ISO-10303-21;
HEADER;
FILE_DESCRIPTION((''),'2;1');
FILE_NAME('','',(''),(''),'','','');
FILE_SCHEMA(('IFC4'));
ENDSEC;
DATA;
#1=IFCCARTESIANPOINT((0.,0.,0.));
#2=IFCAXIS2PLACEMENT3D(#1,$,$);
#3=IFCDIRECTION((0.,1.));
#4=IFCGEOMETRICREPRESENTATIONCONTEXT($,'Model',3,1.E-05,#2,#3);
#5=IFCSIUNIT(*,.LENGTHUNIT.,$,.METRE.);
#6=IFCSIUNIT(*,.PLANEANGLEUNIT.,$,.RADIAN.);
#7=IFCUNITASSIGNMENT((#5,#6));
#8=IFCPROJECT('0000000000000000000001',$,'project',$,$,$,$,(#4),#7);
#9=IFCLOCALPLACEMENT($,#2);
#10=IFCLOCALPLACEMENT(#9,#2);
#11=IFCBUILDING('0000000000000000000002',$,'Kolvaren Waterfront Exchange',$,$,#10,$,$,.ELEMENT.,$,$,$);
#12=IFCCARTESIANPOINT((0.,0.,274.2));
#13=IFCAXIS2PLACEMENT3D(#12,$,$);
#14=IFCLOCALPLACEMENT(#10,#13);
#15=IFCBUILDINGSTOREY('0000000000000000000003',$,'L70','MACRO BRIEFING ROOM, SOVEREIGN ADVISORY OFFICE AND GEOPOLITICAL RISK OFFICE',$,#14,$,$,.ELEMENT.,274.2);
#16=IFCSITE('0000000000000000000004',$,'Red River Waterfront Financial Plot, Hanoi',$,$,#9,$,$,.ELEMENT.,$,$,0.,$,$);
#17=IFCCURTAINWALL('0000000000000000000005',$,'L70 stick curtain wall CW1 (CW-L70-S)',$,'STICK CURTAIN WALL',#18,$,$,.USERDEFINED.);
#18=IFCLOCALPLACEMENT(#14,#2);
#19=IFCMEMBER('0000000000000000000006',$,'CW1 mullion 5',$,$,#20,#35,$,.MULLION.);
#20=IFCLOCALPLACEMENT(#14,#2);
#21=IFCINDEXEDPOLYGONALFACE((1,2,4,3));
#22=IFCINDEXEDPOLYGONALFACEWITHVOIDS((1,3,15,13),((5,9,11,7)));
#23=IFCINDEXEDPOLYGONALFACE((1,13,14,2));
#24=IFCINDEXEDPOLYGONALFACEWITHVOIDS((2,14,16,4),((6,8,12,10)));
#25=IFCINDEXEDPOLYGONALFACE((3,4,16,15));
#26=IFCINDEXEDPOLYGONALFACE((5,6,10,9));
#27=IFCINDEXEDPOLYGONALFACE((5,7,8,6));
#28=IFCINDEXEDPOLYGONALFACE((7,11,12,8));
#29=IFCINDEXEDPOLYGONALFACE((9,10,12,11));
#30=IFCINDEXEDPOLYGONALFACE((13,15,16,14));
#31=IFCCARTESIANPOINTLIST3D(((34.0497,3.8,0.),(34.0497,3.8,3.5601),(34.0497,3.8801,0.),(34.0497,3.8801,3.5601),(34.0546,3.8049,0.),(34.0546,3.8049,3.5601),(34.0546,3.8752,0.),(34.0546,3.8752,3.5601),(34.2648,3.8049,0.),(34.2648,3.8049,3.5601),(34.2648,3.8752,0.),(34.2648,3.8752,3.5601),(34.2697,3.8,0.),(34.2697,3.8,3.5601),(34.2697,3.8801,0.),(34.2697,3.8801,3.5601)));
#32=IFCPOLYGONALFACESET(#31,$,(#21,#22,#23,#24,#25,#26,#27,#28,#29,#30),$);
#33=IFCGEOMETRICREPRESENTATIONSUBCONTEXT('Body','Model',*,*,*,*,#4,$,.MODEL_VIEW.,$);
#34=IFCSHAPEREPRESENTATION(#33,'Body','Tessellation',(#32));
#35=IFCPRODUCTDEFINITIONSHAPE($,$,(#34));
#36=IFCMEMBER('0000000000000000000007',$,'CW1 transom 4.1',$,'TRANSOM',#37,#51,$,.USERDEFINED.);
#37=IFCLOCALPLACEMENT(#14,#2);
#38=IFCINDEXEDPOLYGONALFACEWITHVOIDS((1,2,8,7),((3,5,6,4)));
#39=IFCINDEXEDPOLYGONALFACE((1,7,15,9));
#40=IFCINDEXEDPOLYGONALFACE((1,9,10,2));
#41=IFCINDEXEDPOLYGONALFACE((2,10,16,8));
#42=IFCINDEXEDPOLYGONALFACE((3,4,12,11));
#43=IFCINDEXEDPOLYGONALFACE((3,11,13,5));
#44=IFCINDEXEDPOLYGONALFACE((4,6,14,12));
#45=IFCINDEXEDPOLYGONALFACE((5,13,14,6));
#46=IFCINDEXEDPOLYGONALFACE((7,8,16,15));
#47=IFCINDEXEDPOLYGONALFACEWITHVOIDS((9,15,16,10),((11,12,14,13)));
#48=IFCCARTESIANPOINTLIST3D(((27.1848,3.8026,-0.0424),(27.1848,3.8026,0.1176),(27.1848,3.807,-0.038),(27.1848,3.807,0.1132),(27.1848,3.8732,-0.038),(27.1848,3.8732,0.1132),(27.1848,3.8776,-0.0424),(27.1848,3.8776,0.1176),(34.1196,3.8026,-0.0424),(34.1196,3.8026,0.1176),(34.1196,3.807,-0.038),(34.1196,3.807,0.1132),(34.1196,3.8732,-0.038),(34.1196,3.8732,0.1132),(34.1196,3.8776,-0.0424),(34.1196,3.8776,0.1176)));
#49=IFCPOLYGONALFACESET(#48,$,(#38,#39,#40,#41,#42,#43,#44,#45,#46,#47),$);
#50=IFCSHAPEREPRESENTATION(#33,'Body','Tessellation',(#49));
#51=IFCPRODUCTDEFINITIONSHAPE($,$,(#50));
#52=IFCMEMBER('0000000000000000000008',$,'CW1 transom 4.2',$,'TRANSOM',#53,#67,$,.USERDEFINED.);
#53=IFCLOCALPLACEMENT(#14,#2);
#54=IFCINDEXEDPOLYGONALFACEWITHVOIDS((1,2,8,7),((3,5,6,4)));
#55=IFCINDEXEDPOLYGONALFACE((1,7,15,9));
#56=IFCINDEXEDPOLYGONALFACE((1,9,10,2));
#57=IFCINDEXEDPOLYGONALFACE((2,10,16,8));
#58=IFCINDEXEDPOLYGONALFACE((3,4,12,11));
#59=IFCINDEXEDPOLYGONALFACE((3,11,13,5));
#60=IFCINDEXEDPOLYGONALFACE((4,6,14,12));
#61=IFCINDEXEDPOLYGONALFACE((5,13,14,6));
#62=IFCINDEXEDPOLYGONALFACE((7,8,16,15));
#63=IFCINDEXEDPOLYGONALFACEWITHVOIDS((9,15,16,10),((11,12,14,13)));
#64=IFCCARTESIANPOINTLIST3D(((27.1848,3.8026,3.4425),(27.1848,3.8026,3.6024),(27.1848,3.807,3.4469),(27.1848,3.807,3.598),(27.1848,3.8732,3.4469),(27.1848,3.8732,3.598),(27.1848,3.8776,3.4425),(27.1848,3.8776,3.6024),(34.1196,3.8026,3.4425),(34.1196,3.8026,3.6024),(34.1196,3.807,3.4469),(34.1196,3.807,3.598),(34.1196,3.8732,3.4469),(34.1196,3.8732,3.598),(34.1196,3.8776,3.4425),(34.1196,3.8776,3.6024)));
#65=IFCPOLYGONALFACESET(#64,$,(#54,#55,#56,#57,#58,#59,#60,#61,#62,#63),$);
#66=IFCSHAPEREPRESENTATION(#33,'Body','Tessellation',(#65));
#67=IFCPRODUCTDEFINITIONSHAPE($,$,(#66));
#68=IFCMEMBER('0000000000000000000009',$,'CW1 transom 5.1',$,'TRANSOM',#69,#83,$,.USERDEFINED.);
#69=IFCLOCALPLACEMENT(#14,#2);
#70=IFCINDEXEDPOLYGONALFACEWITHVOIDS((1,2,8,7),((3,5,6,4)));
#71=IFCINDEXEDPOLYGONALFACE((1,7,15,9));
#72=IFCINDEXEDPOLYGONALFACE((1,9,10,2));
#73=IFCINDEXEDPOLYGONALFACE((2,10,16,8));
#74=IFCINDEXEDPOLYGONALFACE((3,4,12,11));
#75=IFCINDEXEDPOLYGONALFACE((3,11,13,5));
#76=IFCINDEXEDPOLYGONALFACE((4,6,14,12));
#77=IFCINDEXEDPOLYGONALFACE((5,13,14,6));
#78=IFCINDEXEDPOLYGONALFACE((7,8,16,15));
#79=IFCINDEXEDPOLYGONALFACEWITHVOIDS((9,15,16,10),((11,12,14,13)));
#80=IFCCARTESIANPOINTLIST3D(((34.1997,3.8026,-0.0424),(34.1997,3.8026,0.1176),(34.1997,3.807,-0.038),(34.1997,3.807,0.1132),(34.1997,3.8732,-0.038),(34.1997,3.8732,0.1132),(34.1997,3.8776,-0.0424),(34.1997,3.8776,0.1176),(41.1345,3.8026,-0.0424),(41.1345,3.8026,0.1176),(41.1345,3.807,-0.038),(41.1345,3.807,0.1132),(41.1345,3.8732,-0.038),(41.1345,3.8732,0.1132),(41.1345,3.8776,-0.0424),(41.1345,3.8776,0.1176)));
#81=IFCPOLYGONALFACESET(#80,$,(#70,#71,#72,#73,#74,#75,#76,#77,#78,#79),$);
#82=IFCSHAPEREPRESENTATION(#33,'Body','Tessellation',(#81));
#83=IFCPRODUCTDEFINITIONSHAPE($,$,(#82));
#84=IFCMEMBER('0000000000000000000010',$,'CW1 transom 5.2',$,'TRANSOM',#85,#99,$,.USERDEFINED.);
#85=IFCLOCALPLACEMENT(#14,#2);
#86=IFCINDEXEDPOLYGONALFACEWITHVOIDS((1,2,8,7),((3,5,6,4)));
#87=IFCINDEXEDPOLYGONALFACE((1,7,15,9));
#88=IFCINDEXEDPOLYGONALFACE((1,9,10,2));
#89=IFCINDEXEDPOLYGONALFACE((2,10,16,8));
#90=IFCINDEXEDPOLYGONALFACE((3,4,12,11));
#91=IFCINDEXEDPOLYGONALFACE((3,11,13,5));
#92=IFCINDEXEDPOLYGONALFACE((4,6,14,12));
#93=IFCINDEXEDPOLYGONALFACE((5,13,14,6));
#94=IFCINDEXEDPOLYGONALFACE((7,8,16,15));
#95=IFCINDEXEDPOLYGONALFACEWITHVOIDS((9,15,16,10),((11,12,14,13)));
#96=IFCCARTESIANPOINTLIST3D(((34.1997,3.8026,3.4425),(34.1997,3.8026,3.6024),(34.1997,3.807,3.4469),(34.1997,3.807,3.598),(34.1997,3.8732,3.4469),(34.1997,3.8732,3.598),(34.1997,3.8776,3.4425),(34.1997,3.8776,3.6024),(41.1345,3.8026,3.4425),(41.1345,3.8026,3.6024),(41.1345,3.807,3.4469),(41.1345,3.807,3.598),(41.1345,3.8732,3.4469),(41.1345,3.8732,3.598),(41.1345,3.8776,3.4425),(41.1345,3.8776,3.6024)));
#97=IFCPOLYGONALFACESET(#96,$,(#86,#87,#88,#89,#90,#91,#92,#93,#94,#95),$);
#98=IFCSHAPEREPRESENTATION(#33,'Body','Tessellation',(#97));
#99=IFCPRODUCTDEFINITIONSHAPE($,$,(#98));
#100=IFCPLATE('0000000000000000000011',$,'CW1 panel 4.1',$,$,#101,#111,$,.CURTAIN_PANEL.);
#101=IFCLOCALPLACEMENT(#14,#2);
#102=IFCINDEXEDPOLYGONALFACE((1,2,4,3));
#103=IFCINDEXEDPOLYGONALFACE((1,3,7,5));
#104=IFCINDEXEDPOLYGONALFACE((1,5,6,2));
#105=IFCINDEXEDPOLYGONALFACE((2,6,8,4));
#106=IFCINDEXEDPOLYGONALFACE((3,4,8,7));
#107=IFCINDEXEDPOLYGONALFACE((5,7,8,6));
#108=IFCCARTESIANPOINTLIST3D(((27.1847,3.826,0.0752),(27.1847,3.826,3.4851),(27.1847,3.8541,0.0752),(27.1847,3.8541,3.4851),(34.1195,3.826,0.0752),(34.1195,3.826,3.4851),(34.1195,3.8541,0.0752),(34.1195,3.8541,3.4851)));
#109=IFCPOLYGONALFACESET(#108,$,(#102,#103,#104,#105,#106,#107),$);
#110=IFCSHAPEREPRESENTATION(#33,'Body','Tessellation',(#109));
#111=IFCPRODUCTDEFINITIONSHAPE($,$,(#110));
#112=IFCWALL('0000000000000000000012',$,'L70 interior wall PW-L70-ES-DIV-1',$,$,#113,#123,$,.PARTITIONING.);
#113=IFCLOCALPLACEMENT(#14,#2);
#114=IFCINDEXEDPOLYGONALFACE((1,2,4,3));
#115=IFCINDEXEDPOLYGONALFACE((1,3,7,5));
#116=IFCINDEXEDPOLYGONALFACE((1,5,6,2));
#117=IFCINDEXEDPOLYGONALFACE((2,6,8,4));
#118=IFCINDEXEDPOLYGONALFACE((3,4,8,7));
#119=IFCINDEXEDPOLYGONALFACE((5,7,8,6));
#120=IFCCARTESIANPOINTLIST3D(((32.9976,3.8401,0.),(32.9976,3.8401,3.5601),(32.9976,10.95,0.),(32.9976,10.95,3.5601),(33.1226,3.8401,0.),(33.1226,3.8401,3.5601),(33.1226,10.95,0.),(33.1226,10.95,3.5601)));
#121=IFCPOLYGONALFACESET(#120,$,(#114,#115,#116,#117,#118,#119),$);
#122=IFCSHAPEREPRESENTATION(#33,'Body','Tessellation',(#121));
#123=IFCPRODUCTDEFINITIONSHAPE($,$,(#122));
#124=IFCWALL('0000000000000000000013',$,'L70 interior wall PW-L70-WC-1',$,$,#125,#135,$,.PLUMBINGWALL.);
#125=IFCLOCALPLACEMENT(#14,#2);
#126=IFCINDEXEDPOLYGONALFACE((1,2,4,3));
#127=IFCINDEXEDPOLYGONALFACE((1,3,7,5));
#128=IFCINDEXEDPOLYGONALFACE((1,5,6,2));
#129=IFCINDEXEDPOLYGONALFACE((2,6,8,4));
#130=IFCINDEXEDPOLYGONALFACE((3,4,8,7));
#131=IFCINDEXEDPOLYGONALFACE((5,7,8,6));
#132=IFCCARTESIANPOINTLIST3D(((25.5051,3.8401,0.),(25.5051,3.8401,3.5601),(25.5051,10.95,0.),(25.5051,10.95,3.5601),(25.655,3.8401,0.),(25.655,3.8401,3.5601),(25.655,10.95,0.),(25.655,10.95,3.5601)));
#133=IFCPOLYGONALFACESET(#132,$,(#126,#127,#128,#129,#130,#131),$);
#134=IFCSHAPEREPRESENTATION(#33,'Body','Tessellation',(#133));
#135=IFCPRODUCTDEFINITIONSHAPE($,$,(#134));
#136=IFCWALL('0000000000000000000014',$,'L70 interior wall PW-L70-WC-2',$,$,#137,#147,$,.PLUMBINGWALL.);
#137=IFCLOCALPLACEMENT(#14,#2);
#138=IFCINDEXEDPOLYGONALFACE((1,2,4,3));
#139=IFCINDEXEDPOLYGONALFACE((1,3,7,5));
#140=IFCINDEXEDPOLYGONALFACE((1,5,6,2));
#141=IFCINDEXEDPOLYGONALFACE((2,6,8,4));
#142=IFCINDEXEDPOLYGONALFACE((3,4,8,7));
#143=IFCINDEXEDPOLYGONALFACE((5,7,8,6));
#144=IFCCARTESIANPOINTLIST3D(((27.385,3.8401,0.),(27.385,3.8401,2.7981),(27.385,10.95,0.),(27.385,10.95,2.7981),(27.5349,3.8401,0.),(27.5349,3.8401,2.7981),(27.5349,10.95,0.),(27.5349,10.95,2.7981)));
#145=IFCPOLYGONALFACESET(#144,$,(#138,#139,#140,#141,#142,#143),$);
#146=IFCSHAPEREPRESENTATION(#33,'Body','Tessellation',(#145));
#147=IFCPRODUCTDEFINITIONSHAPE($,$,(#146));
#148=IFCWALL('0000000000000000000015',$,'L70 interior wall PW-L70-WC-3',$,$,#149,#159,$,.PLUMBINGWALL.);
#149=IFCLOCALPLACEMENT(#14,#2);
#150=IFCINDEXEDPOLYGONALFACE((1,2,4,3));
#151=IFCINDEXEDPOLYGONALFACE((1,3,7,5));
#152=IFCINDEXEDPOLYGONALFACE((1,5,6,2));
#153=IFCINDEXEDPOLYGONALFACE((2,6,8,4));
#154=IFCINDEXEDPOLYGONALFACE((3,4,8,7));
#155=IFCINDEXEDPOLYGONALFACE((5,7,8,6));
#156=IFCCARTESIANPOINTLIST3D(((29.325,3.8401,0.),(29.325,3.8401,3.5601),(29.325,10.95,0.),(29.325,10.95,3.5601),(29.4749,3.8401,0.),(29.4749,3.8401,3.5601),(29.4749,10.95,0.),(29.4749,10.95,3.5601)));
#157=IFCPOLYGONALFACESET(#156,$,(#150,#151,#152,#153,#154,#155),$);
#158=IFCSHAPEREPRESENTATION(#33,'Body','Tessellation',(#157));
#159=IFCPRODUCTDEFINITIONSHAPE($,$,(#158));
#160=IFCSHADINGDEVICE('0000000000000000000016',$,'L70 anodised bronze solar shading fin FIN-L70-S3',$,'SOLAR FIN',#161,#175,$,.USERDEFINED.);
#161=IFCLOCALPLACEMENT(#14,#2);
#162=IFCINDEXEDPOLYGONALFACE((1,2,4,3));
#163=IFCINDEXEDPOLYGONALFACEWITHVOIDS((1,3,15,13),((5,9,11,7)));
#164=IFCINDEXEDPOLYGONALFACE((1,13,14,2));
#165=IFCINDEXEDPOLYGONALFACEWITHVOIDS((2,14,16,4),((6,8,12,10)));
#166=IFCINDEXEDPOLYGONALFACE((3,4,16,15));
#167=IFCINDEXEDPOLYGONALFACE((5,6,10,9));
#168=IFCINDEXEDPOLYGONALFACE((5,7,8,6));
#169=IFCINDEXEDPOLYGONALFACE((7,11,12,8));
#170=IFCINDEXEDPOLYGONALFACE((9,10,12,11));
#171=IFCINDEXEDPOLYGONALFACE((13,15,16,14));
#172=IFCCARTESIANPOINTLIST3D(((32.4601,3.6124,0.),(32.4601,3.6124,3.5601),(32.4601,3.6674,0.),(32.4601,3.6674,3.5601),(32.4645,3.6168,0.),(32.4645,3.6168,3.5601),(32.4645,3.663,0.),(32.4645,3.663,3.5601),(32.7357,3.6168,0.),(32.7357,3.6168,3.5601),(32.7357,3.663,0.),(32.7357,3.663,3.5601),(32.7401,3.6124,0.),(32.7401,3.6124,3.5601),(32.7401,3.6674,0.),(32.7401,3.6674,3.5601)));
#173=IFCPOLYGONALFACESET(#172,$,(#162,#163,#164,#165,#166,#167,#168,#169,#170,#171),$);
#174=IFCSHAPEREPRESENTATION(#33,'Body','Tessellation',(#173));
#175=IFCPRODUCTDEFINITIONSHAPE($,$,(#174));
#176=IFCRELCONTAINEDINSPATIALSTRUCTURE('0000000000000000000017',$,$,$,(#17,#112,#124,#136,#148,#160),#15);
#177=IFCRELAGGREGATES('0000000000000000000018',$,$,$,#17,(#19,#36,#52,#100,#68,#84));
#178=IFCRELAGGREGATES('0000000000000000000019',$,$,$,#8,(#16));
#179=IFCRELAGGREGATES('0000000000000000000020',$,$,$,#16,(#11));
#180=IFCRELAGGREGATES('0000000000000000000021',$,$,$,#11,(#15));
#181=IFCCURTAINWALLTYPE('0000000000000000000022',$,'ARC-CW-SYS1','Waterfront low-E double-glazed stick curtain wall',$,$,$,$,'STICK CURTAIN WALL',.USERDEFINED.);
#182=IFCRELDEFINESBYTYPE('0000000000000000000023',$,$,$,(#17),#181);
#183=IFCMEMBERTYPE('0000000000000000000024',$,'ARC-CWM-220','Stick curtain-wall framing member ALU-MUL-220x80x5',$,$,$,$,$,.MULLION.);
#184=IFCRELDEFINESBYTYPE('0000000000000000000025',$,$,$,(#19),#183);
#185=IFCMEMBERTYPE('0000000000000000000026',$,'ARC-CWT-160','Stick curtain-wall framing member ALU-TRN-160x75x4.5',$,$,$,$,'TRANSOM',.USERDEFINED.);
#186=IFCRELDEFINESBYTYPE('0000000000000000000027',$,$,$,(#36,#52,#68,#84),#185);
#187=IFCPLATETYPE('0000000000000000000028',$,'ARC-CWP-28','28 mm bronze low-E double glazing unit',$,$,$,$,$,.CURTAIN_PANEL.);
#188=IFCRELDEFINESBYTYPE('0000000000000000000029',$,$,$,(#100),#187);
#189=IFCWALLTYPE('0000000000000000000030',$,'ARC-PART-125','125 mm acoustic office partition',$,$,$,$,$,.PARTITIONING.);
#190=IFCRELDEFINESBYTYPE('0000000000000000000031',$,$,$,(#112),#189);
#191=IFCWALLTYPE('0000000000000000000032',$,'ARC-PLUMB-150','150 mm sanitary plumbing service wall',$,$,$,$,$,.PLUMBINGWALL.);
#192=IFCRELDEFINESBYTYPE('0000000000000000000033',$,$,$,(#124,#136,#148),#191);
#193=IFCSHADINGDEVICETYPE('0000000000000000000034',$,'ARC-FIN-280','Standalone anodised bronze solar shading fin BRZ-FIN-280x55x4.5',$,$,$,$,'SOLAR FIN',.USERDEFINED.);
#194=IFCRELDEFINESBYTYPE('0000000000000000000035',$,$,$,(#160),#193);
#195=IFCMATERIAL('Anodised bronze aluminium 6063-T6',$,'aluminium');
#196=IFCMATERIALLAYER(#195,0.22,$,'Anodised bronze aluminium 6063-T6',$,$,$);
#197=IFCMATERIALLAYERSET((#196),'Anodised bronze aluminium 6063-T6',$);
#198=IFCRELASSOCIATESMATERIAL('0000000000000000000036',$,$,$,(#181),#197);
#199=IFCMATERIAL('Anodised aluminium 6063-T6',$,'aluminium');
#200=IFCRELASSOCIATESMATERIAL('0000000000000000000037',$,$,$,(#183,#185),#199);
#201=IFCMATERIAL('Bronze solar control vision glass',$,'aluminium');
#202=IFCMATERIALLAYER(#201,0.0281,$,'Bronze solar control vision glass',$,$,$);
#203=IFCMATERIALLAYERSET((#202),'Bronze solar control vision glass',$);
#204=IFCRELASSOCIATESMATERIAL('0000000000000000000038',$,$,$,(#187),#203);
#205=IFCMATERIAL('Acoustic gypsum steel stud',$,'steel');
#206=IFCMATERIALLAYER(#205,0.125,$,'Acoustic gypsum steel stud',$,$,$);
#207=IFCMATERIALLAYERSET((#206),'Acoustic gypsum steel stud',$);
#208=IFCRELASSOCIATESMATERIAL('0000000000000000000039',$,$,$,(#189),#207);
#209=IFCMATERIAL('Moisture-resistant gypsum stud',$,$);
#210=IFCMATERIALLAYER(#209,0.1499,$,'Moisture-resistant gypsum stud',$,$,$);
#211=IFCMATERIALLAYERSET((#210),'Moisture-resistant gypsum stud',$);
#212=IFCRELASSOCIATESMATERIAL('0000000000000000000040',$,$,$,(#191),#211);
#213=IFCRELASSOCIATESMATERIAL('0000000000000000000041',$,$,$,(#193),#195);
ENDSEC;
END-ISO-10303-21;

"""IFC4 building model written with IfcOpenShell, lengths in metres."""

from ifc_helpers import new_model, si_unit, direction, frame, frame_2d, origin, origin_with_axes, origin_2d, place, context, subcontext, project, spatial, rectangle, hollow_rectangle, extrude, source, transform, mapped, material, layer, layer_set, material_profile, profile_set, type_object, element, aggregate, save


model = new_model("IFC4")

# Units and contexts
model_context = context("Model", 3, precision=1e-05, world=origin(), true_north=direction((0.0, 1.0)))
body_context = subcontext(model_context, "Body", "Model", "MODEL_VIEW")
ifc_project = project(units=[si_unit("LENGTHUNIT", "METRE"), si_unit("PLANEANGLEUNIT", "RADIAN")], contexts=[model_context])

# Site, building, storey
site_placement = place(None, origin())
site = spatial("IfcSite", under=ifc_project, at=site_placement, Name="Red River Waterfront Financial Plot, Hanoi", CompositionType="ELEMENT", RefElevation=0.0)
building_placement = place(site_placement, origin())
building = spatial("IfcBuilding", under=site, at=building_placement, Name="Kolvaren Waterfront Exchange", CompositionType="ELEMENT")
storey_placement = place(building_placement, frame((0.0, 0.0, 274.2)))
storey = spatial("IfcBuildingStorey", under=building, at=storey_placement, Name="L70", Description="MACRO BRIEFING ROOM, SOVEREIGN ADVISORY OFFICE AND GEOPOLITICAL RISK OFFICE", CompositionType="ELEMENT", Elevation=274.2)

# Curtain wall, members, plate
ifc_material_1 = material(Name="Anodised bronze aluminium 6063-T6", Category="aluminium")
ifc_layer_1 = layer(ifc_material_1, 0.22, Name="Anodised bronze aluminium 6063-T6")
ifc_layer_set_1 = layer_set([ifc_layer_1], Name="Anodised bronze aluminium 6063-T6")
curtain_wall_type = type_object("IfcCurtainWallType", Name="ARC-CW-SYS1", Description="Waterfront low-E double-glazed stick curtain wall", ElementType="STICK CURTAIN WALL", PredefinedType="USERDEFINED", material=ifc_layer_set_1)
curtain_wall_placement = place(storey_placement, origin())
curtain_wall = element("IfcCurtainWall", 1, at=curtain_wall_placement, inside=storey, type_object=curtain_wall_type, Name="L70 stick curtain wall CW1 (CW-L70-S)", ObjectType="STICK CURTAIN WALL", PredefinedType="USERDEFINED")
ifc_material_2 = material(Name="Anodised aluminium 6063-T6", Category="aluminium")
ifc_material_profile_1 = material_profile(ifc_material_2, hollow_rectangle(XDim=0.0801, YDim=0.22, WallThickness=0.0049, at=origin_2d()), Name="ALU-MUL-220x80x5")
ifc_profile_set_1 = profile_set([ifc_material_profile_1], Name="Anodised aluminium 6063-T6")
member_type_1 = type_object("IfcMemberType", Name="ARC-CWM-220", Description="Stick curtain-wall framing member ALU-MUL-220x80x5", PredefinedType="MULLION", material=ifc_profile_set_1)
shared_shape_1 = source(origin_with_axes(), body_context, "Body", "SweptSolid", [
    extrude(hollow_rectangle(XDim=0.0801, YDim=0.22, WallThickness=0.0049, at=origin_2d()), origin(), (0.0, 0.0, 1.0), 3.5601),
])
member_1_placement = place(storey_placement, frame((34.1597, 3.8401, 0.0), z_axis=(0.0, 0.0, 1.0), x_axis=(0.0, 1.0, 0.0)))
member_1 = element("IfcMember", 2, at=member_1_placement, type_object=member_type_1, Name="CW1 mullion 5", PredefinedType="MULLION", context=body_context, shape_type="MappedRepresentation", body=[
    mapped(shared_shape_1, transform((0.0, 0.0, 0.0), x_axis=(1.0, 0.0, 0.0), y_axis=(0.0, 1.0, 0.0), z_axis=(0.0, 0.0, 1.0), scale=1.0)),
])
ifc_material_profile_2 = material_profile(ifc_material_2, hollow_rectangle(XDim=0.075, YDim=0.1599, WallThickness=0.0044, at=origin_2d()), Name="ALU-TRN-160x75x4.5")
ifc_profile_set_2 = profile_set([ifc_material_profile_2], Name="Anodised aluminium 6063-T6")
member_type_2 = type_object("IfcMemberType", Name="ARC-CWT-160", Description="Stick curtain-wall framing member ALU-TRN-160x75x4.5", ElementType="TRANSOM", PredefinedType="USERDEFINED", material=ifc_profile_set_2)
shared_shape_2 = source(origin_with_axes(), body_context, "Body", "SweptSolid", [
    extrude(hollow_rectangle(XDim=0.075, YDim=0.1599, WallThickness=0.0044, at=origin_2d()), origin(), (0.0, 0.0, 1.0), 6.9348),
])
member_2_placement = place(storey_placement, frame((27.1848, 3.8401, 0.0376), z_axis=(1.0, 0.0, 0.0), x_axis=(0.0, 1.0, 0.0)))
member_2 = element("IfcMember", 3, at=member_2_placement, type_object=member_type_2, Name="CW1 transom 4.1", ObjectType="TRANSOM", PredefinedType="USERDEFINED", context=body_context, shape_type="MappedRepresentation", body=[
    mapped(shared_shape_2, transform((0.0, 0.0, 0.0), x_axis=(1.0, 0.0, 0.0), y_axis=(0.0, 1.0, 0.0), z_axis=(0.0, 0.0, 1.0), scale=1.0)),
])
member_3_placement = place(storey_placement, frame((27.1848, 3.8401, 3.5225), z_axis=(1.0, 0.0, 0.0), x_axis=(0.0, 1.0, 0.0)))
member_3 = element("IfcMember", 4, at=member_3_placement, type_object=member_type_2, Name="CW1 transom 4.2", ObjectType="TRANSOM", PredefinedType="USERDEFINED", context=body_context, shape_type="MappedRepresentation", body=[
    mapped(shared_shape_2, transform((0.0, 0.0, 0.0), x_axis=(1.0, 0.0, 0.0), y_axis=(0.0, 1.0, 0.0), z_axis=(0.0, 0.0, 1.0), scale=1.0)),
])
member_4_placement = place(storey_placement, frame((34.1997, 3.8401, 0.0376), z_axis=(1.0, 0.0, 0.0), x_axis=(0.0, 1.0, 0.0)))
member_4 = element("IfcMember", 5, at=member_4_placement, type_object=member_type_2, Name="CW1 transom 5.1", ObjectType="TRANSOM", PredefinedType="USERDEFINED", context=body_context, shape_type="MappedRepresentation", body=[
    mapped(shared_shape_2, transform((0.0, 0.0, 0.0), x_axis=(1.0, 0.0, 0.0), y_axis=(0.0, 1.0, 0.0), z_axis=(0.0, 0.0, 1.0), scale=1.0)),
])
member_5_placement = place(storey_placement, frame((34.1997, 3.8401, 3.5225), z_axis=(1.0, 0.0, 0.0), x_axis=(0.0, 1.0, 0.0)))
member_5 = element("IfcMember", 6, at=member_5_placement, type_object=member_type_2, Name="CW1 transom 5.2", ObjectType="TRANSOM", PredefinedType="USERDEFINED", context=body_context, shape_type="MappedRepresentation", body=[
    mapped(shared_shape_2, transform((0.0, 0.0, 0.0), x_axis=(1.0, 0.0, 0.0), y_axis=(0.0, 1.0, 0.0), z_axis=(0.0, 0.0, 1.0), scale=1.0)),
])
ifc_material_3 = material(Name="Bronze solar control vision glass", Category="aluminium")
ifc_layer_2 = layer(ifc_material_3, 0.0281, Name="Bronze solar control vision glass")
ifc_layer_set_2 = layer_set([ifc_layer_2], Name="Bronze solar control vision glass")
plate_type = type_object("IfcPlateType", Name="ARC-CWP-28", Description="28 mm bronze low-E double glazing unit", PredefinedType="CURTAIN_PANEL", material=ifc_layer_set_2)
shared_shape_3 = source(origin_with_axes(), body_context, "Body", "SweptSolid", [
    extrude(rectangle(XDim=6.9348, YDim=0.0281, at=origin_2d()), origin(), (0.0, 0.0, 1.0), 3.4099),
])
plate_placement = place(storey_placement, frame((30.6521, 3.8401, 0.0752), z_axis=(0.0, 0.0, 1.0), x_axis=(1.0, 0.0, 0.0)))
plate = element("IfcPlate", 7, at=plate_placement, type_object=plate_type, Name="CW1 panel 4.1", PredefinedType="CURTAIN_PANEL", context=body_context, shape_type="MappedRepresentation", body=[
    mapped(shared_shape_3, transform((0.0, 0.0, 0.0), x_axis=(1.0, 0.0, 0.0), y_axis=(0.0, 1.0, 0.0), z_axis=(0.0, 0.0, 1.0), scale=1.0)),
])
aggregate(curtain_wall, [member_1, member_2, member_3, plate, member_4, member_5])

# Wall
ifc_material_4 = material(Name="Acoustic gypsum steel stud", Category="steel")
ifc_layer_3 = layer(ifc_material_4, 0.125, Name="Acoustic gypsum steel stud")
ifc_layer_set_3 = layer_set([ifc_layer_3], Name="Acoustic gypsum steel stud")
wall_type_1 = type_object("IfcWallType", Name="ARC-PART-125", Description="125 mm acoustic office partition", PredefinedType="PARTITIONING", material=ifc_layer_set_3)
wall_1_placement = place(storey_placement, frame((33.0601, 3.8401, 0.0), z_axis=(0.0, 0.0, 1.0), x_axis=(0.0, 1.0, 0.0)))
element("IfcWall", 8, at=wall_1_placement, inside=storey, type_object=wall_type_1, Name="L70 interior wall PW-L70-ES-DIV-1", PredefinedType="PARTITIONING", context=body_context, shape_type="SweptSolid", body=[
    extrude(rectangle(XDim=7.1099, YDim=0.125, at=frame_2d((3.5549, 0.0))), origin(), (0.0, 0.0, 1.0), 3.5601),
])

# Shared definitions
ifc_material_5 = material(Name="Moisture-resistant gypsum stud")
ifc_layer_4 = layer(ifc_material_5, 0.1499, Name="Moisture-resistant gypsum stud")
ifc_layer_set_4 = layer_set([ifc_layer_4], Name="Moisture-resistant gypsum stud")
wall_type_2 = type_object("IfcWallType", Name="ARC-PLUMB-150", Description="150 mm sanitary plumbing service wall", PredefinedType="PLUMBINGWALL", material=ifc_layer_set_4)

# Walls
wall_2_placement = place(storey_placement, frame((25.5801, 3.8401, 0.0), z_axis=(0.0, 0.0, 1.0), x_axis=(0.0, 1.0, 0.0)))
element("IfcWall", 9, at=wall_2_placement, inside=storey, type_object=wall_type_2, Name="L70 interior wall PW-L70-WC-1", PredefinedType="PLUMBINGWALL", context=body_context, shape_type="SweptSolid", body=[
    extrude(rectangle(XDim=7.1099, YDim=0.1499, at=frame_2d((3.5549, 0.0))), origin(), (0.0, 0.0, 1.0), 3.5601),
])
wall_3_placement = place(storey_placement, frame((27.46, 3.8401, 0.0), z_axis=(0.0, 0.0, 1.0), x_axis=(0.0, 1.0, 0.0)))
element("IfcWall", 10, at=wall_3_placement, inside=storey, type_object=wall_type_2, Name="L70 interior wall PW-L70-WC-2", PredefinedType="PLUMBINGWALL", context=body_context, shape_type="SweptSolid", body=[
    extrude(rectangle(XDim=7.1099, YDim=0.1499, at=frame_2d((3.5549, 0.0))), origin(), (0.0, 0.0, 1.0), 2.7981),
])
wall_4_placement = place(storey_placement, frame((29.3999, 3.8401, 0.0), z_axis=(0.0, 0.0, 1.0), x_axis=(0.0, 1.0, 0.0)))
element("IfcWall", 11, at=wall_4_placement, inside=storey, type_object=wall_type_2, Name="L70 interior wall PW-L70-WC-3", PredefinedType="PLUMBINGWALL", context=body_context, shape_type="SweptSolid", body=[
    extrude(rectangle(XDim=7.1099, YDim=0.1499, at=frame_2d((3.5549, 0.0))), origin(), (0.0, 0.0, 1.0), 3.5601),
])

# Shading device
ifc_material_profile_3 = material_profile(ifc_material_1, hollow_rectangle(XDim=0.0549, YDim=0.28, WallThickness=0.0044, at=origin_2d()), Name="BRZ-FIN-280x55x4.5")
ifc_profile_set_3 = profile_set([ifc_material_profile_3], Name="Anodised bronze aluminium 6063-T6")
shading_device_type = type_object("IfcShadingDeviceType", Name="ARC-FIN-280", Description="Standalone anodised bronze solar shading fin BRZ-FIN-280x55x4.5", ElementType="SOLAR FIN", PredefinedType="USERDEFINED", material=ifc_profile_set_3)
shading_device_placement = place(storey_placement, frame((32.6001, 3.6399, 0.0), z_axis=(0.0, 0.0, 1.0), x_axis=(0.0, -1.0, 0.0)))
element("IfcShadingDevice", 12, at=shading_device_placement, inside=storey, type_object=shading_device_type, Name="L70 anodised bronze solar shading fin FIN-L70-S3", ObjectType="SOLAR FIN", PredefinedType="USERDEFINED", context=body_context, shape_type="SweptSolid", body=[
    extrude(hollow_rectangle(XDim=0.0549, YDim=0.28, WallThickness=0.0044, at=origin_2d()), origin(), (0.0, 0.0, 1.0), 3.5601),
])

save(model, "model.ifc")
